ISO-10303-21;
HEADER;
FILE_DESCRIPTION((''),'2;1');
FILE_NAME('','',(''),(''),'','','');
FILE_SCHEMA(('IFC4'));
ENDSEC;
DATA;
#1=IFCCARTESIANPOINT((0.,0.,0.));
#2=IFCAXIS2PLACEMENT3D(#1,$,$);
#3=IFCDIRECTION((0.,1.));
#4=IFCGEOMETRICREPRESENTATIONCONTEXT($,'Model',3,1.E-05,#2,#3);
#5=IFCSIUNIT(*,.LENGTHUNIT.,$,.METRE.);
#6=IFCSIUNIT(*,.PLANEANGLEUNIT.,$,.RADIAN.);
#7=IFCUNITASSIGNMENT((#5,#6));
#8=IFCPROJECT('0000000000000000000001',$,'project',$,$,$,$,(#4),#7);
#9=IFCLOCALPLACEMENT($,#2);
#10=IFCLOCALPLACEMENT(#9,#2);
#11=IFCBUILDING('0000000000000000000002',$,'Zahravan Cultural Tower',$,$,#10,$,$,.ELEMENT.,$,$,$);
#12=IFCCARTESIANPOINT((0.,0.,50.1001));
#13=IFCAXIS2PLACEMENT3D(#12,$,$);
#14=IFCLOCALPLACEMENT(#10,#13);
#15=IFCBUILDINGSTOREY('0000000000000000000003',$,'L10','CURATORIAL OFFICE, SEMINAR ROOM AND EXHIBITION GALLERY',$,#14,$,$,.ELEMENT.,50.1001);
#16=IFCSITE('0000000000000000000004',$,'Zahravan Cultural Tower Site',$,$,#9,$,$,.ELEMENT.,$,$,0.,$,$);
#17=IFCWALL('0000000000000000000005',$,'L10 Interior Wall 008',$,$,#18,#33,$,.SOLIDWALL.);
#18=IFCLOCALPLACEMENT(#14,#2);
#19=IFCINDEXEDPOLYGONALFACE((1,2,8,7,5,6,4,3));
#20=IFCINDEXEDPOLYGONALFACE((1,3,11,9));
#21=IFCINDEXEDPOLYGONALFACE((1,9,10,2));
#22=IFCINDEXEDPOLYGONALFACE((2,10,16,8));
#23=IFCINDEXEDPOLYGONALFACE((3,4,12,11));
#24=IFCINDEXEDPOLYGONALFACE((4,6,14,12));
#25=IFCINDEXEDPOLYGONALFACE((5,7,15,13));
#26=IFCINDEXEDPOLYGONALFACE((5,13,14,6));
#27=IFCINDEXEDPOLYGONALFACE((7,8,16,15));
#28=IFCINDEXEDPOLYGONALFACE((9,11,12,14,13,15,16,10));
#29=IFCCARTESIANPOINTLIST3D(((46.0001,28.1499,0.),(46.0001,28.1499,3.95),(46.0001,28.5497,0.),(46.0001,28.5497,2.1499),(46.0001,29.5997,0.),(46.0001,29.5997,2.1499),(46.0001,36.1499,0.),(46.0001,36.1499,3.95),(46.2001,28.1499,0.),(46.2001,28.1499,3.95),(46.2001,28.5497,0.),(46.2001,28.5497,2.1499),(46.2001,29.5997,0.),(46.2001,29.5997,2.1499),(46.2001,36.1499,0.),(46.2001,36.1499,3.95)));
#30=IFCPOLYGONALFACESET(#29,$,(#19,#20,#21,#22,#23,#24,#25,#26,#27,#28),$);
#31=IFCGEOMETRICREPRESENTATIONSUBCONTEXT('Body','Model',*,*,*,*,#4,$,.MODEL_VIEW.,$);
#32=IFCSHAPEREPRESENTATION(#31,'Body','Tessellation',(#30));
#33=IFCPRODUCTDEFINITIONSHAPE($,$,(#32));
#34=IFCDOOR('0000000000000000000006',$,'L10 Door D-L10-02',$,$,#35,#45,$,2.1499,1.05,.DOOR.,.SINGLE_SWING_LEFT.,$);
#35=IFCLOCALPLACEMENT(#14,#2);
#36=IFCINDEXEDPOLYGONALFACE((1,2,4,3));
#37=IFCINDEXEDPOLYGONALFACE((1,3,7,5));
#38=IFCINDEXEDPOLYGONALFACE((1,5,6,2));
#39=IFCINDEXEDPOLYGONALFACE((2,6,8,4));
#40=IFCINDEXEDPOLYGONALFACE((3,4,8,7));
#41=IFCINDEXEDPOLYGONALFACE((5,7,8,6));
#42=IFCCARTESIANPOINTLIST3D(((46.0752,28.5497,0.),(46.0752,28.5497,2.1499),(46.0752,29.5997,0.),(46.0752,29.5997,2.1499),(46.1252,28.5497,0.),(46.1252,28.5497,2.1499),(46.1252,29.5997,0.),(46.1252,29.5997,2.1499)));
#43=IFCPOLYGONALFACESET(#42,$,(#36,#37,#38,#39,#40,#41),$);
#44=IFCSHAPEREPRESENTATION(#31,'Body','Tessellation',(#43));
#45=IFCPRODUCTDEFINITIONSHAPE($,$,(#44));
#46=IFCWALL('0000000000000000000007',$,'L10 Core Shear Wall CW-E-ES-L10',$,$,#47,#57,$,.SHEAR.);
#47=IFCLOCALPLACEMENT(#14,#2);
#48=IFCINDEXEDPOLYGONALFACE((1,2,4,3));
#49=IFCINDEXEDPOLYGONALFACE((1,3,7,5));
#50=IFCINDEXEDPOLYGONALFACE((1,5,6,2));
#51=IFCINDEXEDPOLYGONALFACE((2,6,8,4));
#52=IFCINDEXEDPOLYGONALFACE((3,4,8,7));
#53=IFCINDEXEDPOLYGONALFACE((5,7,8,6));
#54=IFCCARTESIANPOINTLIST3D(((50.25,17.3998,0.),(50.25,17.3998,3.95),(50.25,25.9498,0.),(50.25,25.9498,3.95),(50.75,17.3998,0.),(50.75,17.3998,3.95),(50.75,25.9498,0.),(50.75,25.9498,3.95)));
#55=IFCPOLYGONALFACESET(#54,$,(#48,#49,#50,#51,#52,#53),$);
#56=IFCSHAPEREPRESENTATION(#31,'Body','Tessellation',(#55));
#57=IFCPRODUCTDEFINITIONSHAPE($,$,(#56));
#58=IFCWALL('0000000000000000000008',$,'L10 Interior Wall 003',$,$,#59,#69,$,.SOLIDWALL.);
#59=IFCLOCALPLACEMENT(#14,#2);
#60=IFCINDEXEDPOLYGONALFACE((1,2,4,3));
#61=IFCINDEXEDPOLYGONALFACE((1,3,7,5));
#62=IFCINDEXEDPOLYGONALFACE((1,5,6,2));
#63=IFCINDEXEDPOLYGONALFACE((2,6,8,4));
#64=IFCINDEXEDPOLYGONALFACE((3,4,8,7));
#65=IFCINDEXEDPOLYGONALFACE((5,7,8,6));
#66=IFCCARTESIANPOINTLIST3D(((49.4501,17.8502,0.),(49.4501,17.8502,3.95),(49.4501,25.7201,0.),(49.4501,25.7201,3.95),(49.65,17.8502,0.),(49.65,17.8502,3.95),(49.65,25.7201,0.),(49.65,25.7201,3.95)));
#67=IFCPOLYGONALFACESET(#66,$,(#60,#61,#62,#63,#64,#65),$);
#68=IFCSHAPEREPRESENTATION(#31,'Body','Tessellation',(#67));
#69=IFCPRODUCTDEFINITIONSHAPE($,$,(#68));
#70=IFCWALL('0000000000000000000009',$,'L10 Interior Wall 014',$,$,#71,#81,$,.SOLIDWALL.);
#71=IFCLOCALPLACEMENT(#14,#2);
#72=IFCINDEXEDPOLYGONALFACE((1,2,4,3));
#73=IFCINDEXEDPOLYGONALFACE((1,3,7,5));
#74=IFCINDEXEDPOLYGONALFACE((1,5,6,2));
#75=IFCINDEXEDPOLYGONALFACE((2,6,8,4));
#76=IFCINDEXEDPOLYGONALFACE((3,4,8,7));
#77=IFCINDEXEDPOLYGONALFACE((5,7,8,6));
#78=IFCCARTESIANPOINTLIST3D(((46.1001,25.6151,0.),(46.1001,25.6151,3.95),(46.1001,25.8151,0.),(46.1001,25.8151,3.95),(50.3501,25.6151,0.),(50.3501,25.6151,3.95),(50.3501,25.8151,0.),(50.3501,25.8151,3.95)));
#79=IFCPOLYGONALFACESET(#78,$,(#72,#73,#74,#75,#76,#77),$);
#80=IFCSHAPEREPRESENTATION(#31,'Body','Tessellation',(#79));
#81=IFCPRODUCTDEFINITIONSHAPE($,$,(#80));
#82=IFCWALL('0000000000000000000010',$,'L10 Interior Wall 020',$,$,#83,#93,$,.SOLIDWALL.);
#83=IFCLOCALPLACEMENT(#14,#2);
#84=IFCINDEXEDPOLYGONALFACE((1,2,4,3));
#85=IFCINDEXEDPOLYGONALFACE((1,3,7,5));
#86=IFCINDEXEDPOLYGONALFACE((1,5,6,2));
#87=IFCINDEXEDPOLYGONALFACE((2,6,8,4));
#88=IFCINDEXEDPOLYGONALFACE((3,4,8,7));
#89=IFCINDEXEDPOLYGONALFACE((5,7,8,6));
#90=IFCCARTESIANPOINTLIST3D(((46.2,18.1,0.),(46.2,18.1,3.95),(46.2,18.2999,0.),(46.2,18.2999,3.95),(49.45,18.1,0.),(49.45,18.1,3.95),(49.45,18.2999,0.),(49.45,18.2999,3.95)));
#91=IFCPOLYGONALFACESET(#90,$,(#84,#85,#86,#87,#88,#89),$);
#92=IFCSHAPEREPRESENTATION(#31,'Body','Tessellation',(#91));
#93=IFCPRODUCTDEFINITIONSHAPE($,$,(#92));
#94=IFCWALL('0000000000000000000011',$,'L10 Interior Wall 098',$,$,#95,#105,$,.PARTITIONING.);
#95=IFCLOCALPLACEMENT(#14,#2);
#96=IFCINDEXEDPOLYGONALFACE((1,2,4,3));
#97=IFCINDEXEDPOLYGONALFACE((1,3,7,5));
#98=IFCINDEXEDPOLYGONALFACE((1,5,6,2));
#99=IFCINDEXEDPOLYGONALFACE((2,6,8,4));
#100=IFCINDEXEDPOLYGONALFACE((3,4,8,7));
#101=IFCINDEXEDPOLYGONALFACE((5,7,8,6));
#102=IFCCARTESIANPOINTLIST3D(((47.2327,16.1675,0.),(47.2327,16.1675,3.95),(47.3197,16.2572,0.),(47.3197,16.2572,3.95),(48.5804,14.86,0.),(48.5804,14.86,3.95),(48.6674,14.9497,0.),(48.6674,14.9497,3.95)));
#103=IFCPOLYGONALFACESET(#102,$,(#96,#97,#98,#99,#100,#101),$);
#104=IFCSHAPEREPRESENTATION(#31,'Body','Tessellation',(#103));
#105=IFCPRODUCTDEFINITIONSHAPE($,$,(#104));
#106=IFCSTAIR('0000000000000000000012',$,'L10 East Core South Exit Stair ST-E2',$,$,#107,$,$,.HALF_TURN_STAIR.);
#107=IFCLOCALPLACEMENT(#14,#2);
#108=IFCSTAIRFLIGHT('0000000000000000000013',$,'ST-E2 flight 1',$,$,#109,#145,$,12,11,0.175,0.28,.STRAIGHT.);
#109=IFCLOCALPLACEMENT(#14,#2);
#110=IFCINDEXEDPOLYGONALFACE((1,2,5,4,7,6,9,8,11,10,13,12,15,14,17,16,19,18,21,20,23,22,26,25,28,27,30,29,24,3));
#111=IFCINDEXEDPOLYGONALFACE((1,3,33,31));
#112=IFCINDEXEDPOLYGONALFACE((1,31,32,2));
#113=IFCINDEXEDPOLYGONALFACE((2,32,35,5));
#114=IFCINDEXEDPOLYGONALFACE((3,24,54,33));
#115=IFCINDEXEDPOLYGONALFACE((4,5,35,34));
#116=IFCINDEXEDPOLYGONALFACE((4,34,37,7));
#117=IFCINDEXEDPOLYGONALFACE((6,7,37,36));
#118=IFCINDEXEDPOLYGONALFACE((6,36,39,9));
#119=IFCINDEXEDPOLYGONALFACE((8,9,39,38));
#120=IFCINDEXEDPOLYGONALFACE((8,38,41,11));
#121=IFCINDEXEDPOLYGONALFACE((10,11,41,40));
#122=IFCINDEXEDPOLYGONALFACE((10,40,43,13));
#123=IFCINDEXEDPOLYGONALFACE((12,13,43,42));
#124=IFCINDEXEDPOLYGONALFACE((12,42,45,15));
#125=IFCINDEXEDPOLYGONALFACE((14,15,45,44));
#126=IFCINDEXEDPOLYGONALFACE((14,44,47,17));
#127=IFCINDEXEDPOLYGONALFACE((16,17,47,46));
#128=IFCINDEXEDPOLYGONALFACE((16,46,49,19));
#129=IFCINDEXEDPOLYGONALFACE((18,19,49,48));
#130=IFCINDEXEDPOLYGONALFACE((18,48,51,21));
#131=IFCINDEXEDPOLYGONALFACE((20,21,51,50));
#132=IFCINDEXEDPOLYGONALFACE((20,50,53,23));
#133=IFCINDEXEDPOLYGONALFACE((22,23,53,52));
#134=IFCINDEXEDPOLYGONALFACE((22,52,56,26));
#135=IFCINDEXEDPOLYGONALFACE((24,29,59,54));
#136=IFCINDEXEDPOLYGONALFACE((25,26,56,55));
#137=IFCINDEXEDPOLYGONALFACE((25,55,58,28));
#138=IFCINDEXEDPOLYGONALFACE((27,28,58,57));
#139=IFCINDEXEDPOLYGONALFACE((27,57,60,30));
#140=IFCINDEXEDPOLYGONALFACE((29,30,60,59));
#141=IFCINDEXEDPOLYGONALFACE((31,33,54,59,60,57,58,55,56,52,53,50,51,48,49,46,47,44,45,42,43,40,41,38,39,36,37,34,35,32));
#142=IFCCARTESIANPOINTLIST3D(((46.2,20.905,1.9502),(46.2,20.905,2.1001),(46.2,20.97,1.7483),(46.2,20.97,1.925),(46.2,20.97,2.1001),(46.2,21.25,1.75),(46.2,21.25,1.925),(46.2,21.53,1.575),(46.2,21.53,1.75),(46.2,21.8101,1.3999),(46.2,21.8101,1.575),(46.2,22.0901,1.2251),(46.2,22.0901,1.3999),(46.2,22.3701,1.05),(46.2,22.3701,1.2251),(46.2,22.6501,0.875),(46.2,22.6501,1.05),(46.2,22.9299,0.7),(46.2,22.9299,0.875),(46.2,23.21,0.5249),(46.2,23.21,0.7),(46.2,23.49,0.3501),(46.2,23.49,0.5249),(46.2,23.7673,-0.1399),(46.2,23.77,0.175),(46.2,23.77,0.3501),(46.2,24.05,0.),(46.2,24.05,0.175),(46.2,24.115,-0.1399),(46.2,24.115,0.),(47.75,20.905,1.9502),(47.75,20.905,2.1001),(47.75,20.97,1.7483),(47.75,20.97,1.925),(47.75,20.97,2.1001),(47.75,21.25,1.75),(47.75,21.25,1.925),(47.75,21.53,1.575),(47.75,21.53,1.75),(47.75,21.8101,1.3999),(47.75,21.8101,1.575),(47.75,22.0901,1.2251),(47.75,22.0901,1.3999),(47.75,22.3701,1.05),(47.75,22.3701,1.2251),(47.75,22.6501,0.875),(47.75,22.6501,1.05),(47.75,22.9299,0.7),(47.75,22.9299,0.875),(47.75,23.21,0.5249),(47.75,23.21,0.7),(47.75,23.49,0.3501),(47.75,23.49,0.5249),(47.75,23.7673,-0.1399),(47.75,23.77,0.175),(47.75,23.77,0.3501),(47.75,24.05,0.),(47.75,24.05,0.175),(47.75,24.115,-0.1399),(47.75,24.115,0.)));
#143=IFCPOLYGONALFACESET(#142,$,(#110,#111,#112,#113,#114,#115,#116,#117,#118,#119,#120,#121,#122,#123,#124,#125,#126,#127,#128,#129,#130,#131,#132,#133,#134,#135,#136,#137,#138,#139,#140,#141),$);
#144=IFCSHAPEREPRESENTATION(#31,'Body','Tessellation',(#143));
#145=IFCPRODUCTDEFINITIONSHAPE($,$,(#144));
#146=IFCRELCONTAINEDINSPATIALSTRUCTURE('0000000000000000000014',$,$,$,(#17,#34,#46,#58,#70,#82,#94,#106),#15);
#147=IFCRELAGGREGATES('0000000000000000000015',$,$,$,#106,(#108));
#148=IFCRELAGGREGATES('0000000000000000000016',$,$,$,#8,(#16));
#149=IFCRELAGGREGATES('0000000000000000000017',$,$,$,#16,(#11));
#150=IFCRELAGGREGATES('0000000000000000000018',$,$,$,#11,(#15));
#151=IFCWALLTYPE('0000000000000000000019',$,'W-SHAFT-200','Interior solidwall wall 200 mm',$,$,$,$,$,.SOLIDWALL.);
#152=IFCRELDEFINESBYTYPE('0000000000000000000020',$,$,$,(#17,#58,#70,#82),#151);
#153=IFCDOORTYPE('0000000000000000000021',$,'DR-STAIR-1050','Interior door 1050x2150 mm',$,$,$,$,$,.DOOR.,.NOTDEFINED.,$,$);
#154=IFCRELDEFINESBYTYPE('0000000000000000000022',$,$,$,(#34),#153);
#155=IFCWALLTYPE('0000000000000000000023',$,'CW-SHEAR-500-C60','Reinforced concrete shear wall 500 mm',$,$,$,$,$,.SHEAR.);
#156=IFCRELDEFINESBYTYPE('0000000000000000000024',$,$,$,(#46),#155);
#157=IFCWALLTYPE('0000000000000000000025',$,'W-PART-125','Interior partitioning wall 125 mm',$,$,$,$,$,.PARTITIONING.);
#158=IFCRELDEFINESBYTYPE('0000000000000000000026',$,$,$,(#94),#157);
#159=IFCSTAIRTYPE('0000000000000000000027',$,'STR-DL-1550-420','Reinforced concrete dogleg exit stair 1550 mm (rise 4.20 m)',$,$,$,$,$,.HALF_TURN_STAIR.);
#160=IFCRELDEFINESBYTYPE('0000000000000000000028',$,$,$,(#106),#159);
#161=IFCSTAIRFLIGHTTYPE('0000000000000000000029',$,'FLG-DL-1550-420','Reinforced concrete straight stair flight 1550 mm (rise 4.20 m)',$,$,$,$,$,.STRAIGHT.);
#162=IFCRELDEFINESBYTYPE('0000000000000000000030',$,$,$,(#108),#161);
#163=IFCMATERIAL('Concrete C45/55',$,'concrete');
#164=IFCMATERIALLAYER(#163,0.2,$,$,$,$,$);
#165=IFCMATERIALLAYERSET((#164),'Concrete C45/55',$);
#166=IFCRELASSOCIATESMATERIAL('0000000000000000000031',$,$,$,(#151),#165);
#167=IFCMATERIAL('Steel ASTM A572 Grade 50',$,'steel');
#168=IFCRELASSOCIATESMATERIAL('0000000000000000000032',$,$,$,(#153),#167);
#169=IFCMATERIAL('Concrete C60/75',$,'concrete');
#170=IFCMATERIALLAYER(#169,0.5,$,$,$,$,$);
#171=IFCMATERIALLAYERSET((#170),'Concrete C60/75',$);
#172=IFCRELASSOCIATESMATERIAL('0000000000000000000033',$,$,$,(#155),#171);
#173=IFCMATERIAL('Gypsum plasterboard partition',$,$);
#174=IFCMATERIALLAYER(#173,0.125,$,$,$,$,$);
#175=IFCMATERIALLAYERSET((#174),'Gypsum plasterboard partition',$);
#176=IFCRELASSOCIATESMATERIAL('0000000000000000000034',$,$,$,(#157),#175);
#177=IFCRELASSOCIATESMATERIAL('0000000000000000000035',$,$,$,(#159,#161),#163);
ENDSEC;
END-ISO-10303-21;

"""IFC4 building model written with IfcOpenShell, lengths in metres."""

from ifc_helpers import new_model, si_unit, direction, frame, frame_2d, origin, place, context, subcontext, project, spatial, polyline, rectangle, outline, extrude, source, transform, mapped, material, layer, layer_set, type_object, element, fill, aggregate, save


model = new_model("IFC4")

# Units and contexts
model_context = context("Model", 3, precision=1e-05, world=origin(), true_north=direction((0.0, 1.0)))
body_context = subcontext(model_context, "Body", "Model", "MODEL_VIEW")
ifc_project = project(units=[si_unit("LENGTHUNIT", "METRE"), si_unit("PLANEANGLEUNIT", "RADIAN")], contexts=[model_context])

# Site, building, storey
site_placement = place(None, origin())
site = spatial("IfcSite", under=ifc_project, at=site_placement, Name="Zahravan Cultural Tower Site", CompositionType="ELEMENT", RefElevation=0.0)
building_placement = place(site_placement, origin())
building = spatial("IfcBuilding", under=site, at=building_placement, Name="Zahravan Cultural Tower", CompositionType="ELEMENT")
storey_placement = place(building_placement, frame((0.0, 0.0, 50.1001)))
storey = spatial("IfcBuildingStorey", under=building, at=storey_placement, Name="L10", Description="CURATORIAL OFFICE, SEMINAR ROOM AND EXHIBITION GALLERY", CompositionType="ELEMENT", Elevation=50.1001)

# Shared definitions
ifc_material_1 = material(Name="Concrete C60/75", Category="concrete")

# Wall, opening, door
ifc_material_2 = material(Name="Concrete C45/55", Category="concrete")
ifc_layer_1 = layer(ifc_material_2, 0.2)
ifc_layer_set_1 = layer_set([ifc_layer_1], Name="Concrete C45/55")
wall_type_1 = type_object("IfcWallType", Name="W-SHAFT-200", Description="Interior solidwall wall 200 mm", PredefinedType="SOLIDWALL", material=ifc_layer_set_1)
ifc_material_3 = material(Name="Steel ASTM A572 Grade 50", Category="steel")
door_type = type_object("IfcDoorType", Name="DR-STAIR-1050", Description="Interior door 1050x2150 mm", OperationType="NOTDEFINED", PredefinedType="DOOR", material=ifc_material_3)
shared_shape_1 = source(origin(), body_context, "Body", "SweptSolid", [
    extrude(rectangle(XDim=1.05, YDim=2.1499, at=frame_2d((0.5249, 1.075))), frame((0.0, 0.0249, 0.0), z_axis=(0.0, -1.0, 0.0), x_axis=(1.0, 0.0, 0.0)), (0.0, 0.0, 1.0), 0.05),
])
wall_1_placement = place(storey_placement, frame((46.1001, 28.1499, 0.0), z_axis=(0.0, 0.0, 1.0), x_axis=(0.0, 1.0, 0.0)))
wall_1 = element("IfcWall", 1, at=wall_1_placement, inside=storey, type_object=wall_type_1, Name="L10 Interior Wall 008", PredefinedType="SOLIDWALL", context=body_context, shape_type="SweptSolid", body=[
    extrude(rectangle(XDim=8.0, YDim=0.2, at=frame_2d((4.0, 0.0))), origin(), (0.0, 0.0, 1.0), 3.95),
])
opening_1_placement = place(wall_1_placement, frame((0.3999, 0.0, 0.0)))
opening_1 = element("IfcOpeningElement", 2, at=opening_1_placement, cuts=wall_1, PredefinedType="OPENING", context=body_context, shape_type="SweptSolid", body=[
    extrude(rectangle(XDim=1.05, YDim=2.1499, at=frame_2d((0.5249, 1.075))), frame((0.0, 0.1099, 0.0), z_axis=(0.0, -1.0, 0.0), x_axis=(1.0, 0.0, 0.0)), (0.0, 0.0, 1.0), 0.22),
])
door_1_placement = place(opening_1_placement, origin())
door_1 = element("IfcDoor", 3, at=door_1_placement, inside=storey, type_object=door_type, Name="L10 Door D-L10-02", OperationType="SINGLE_SWING_LEFT", OverallHeight=2.1499, OverallWidth=1.05, PredefinedType="DOOR", context=body_context, shape_type="MappedRepresentation", body=[
    mapped(shared_shape_1, transform((0.0, 0.0, 0.0), x_axis=(1.0, 0.0, 0.0), y_axis=(0.0, 1.0, 0.0), z_axis=(0.0, 0.0, 1.0), scale=1.0)),
])
fill(opening_1, door_1)

# Walls
ifc_layer_2 = layer(ifc_material_1, 0.5)
ifc_layer_set_2 = layer_set([ifc_layer_2], Name="Concrete C60/75")
wall_type_2 = type_object("IfcWallType", Name="CW-SHEAR-500-C60", Description="Reinforced concrete shear wall 500 mm", PredefinedType="SHEAR", material=ifc_layer_set_2)
shared_shape_2 = source(origin(), body_context, "Body", "SweptSolid", [
    extrude(rectangle(XDim=8.55, YDim=0.5, at=frame_2d((4.2749, 0.0))), origin(), (0.0, 0.0, 1.0), 3.95),
])
wall_2_placement = place(storey_placement, frame((50.5, 17.3999, 0.0), z_axis=(0.0, 0.0, 1.0), x_axis=(0.0, 1.0, 0.0)))
element("IfcWall", 4, at=wall_2_placement, inside=storey, type_object=wall_type_2, Name="L10 Core Shear Wall CW-E-ES-L10", PredefinedType="SHEAR", context=body_context, shape_type="MappedRepresentation", body=[
    mapped(shared_shape_2, transform((0.0, 0.0, 0.0), x_axis=(1.0, 0.0, 0.0), y_axis=(0.0, 1.0, 0.0), z_axis=(0.0, 0.0, 1.0), scale=1.0)),
])
shared_shape_3 = source(origin(), body_context, "Body", "SweptSolid", [
    extrude(rectangle(XDim=7.8699, YDim=0.2, at=frame_2d((3.9351, 0.0))), origin(), (0.0, 0.0, 1.0), 3.95),
])
wall_3_placement = place(storey_placement, frame((49.55, 17.8501, 0.0), z_axis=(0.0, 0.0, 1.0), x_axis=(0.0, 1.0, 0.0)))
element("IfcWall", 5, at=wall_3_placement, inside=storey, type_object=wall_type_1, Name="L10 Interior Wall 003", PredefinedType="SOLIDWALL", context=body_context, shape_type="MappedRepresentation", body=[
    mapped(shared_shape_3, transform((0.0, 0.0, 0.0), x_axis=(1.0, 0.0, 0.0), y_axis=(0.0, 1.0, 0.0), z_axis=(0.0, 0.0, 1.0), scale=1.0)),
])
shared_shape_4 = source(origin(), body_context, "Body", "SweptSolid", [
    extrude(rectangle(XDim=4.25, YDim=0.2, at=frame_2d((2.125, 0.0))), origin(), (0.0, 0.0, 1.0), 3.95),
])
wall_4_placement = place(storey_placement, frame((46.1001, 25.7151, 0.0), z_axis=(0.0, 0.0, 1.0), x_axis=(1.0, 0.0, 0.0)))
element("IfcWall", 6, at=wall_4_placement, inside=storey, type_object=wall_type_1, Name="L10 Interior Wall 014", PredefinedType="SOLIDWALL", context=body_context, shape_type="MappedRepresentation", body=[
    mapped(shared_shape_4, transform((0.0, 0.0, 0.0), x_axis=(1.0, 0.0, 0.0), y_axis=(0.0, 1.0, 0.0), z_axis=(0.0, 0.0, 1.0), scale=1.0)),
])
shared_shape_5 = source(origin(), body_context, "Body", "SweptSolid", [
    extrude(rectangle(XDim=3.25, YDim=0.2, at=frame_2d((1.625, 0.0))), origin(), (0.0, 0.0, 1.0), 3.95),
])
wall_5_placement = place(storey_placement, frame((46.2, 18.2, 0.0), z_axis=(0.0, 0.0, 1.0), x_axis=(1.0, 0.0, 0.0)))
element("IfcWall", 7, at=wall_5_placement, inside=storey, type_object=wall_type_1, Name="L10 Interior Wall 020", PredefinedType="SOLIDWALL", context=body_context, shape_type="MappedRepresentation", body=[
    mapped(shared_shape_5, transform((0.0, 0.0, 0.0), x_axis=(1.0, 0.0, 0.0), y_axis=(0.0, 1.0, 0.0), z_axis=(0.0, 0.0, 1.0), scale=1.0)),
])
ifc_material_4 = material(Name="Gypsum plasterboard partition")
ifc_layer_3 = layer(ifc_material_4, 0.125)
ifc_layer_set_3 = layer_set([ifc_layer_3], Name="Gypsum plasterboard partition")
wall_type_3 = type_object("IfcWallType", Name="W-PART-125", Description="Interior partitioning wall 125 mm", PredefinedType="PARTITIONING", material=ifc_layer_set_3)
shared_shape_6 = source(origin(), body_context, "Body", "SweptSolid", [
    extrude(rectangle(XDim=1.8777, YDim=0.125, at=frame_2d((0.939, 0.0))), origin(), (0.0, 0.0, 1.0), 3.95),
])
wall_6_placement = place(storey_placement, frame((47.2761, 16.2124, 0.0), z_axis=(0.0, 0.0, 1.0), x_axis=(0.717753, -0.696298, 0.0)))
element("IfcWall", 8, at=wall_6_placement, inside=storey, type_object=wall_type_3, Name="L10 Interior Wall 098", PredefinedType="PARTITIONING", context=body_context, shape_type="MappedRepresentation", body=[
    mapped(shared_shape_6, transform((0.0, 0.0, 0.0), x_axis=(1.0, 0.0, 0.0), y_axis=(0.0, 1.0, 0.0), z_axis=(0.0, 0.0, 1.0), scale=1.0)),
])

# Stair, stair flight
stair_type = type_object("IfcStairType", Name="STR-DL-1550-420", Description="Reinforced concrete dogleg exit stair 1550 mm (rise 4.20 m)", PredefinedType="HALF_TURN_STAIR", material=ifc_material_2)
stair_placement = place(storey_placement, origin())
stair = element("IfcStair", 9, at=stair_placement, inside=storey, type_object=stair_type, Name="L10 East Core South Exit Stair ST-E2", PredefinedType="HALF_TURN_STAIR")
stair_flight_type = type_object("IfcStairFlightType", Name="FLG-DL-1550-420", Description="Reinforced concrete straight stair flight 1550 mm (rise 4.20 m)", PredefinedType="STRAIGHT", material=ifc_material_2)
stair_flight_1_placement = place(storey_placement, frame((46.9751, 24.05, 0.0), z_axis=(0.0, 0.0, 1.0), x_axis=(0.0, -1.0, 0.0)))
stair_flight_1 = element("IfcStairFlight", 10, at=stair_flight_1_placement, type_object=stair_flight_type, Name="ST-E2 flight 1", NumberOfRisers=12, NumberOfTreads=11, PredefinedType="STRAIGHT", RiserHeight=0.175, TreadLength=0.28, context=body_context, shape_type="SweptSolid", body=[
    extrude(outline(polyline([(-0.0649, -0.1399), (-0.0649, 0.0), (0.0, 0.0), (0.0, 0.175), (0.28, 0.175), (0.28, 0.3501), (0.5601, 0.3501), (0.5601, 0.5249), (0.8401, 0.5249), (0.8401, 0.7), (1.1201, 0.7), (1.1201, 0.875), (1.3999, 0.875), (1.3999, 1.05), (1.6799, 1.05), (1.6799, 1.2251), (1.96, 1.2251), (1.96, 1.3999), (2.24, 1.3999), (2.24, 1.575), (2.52, 1.575), (2.52, 1.75), (2.8, 1.75), (2.8, 1.925), (3.0801, 1.925), (3.0801, 2.1001), (3.145, 2.1001), (3.145, 1.9502), (3.0801, 1.7483), (0.2827, -0.1399), (-0.0649, -0.1399)])), frame((0.0, 0.7749, 0.0), z_axis=(0.0, -1.0, 0.0), x_axis=(1.0, 0.0, 0.0)), (0.0, 0.0, 1.0), 1.55),
])
aggregate(stair, [stair_flight_1])

save(model, "model.ifc")
